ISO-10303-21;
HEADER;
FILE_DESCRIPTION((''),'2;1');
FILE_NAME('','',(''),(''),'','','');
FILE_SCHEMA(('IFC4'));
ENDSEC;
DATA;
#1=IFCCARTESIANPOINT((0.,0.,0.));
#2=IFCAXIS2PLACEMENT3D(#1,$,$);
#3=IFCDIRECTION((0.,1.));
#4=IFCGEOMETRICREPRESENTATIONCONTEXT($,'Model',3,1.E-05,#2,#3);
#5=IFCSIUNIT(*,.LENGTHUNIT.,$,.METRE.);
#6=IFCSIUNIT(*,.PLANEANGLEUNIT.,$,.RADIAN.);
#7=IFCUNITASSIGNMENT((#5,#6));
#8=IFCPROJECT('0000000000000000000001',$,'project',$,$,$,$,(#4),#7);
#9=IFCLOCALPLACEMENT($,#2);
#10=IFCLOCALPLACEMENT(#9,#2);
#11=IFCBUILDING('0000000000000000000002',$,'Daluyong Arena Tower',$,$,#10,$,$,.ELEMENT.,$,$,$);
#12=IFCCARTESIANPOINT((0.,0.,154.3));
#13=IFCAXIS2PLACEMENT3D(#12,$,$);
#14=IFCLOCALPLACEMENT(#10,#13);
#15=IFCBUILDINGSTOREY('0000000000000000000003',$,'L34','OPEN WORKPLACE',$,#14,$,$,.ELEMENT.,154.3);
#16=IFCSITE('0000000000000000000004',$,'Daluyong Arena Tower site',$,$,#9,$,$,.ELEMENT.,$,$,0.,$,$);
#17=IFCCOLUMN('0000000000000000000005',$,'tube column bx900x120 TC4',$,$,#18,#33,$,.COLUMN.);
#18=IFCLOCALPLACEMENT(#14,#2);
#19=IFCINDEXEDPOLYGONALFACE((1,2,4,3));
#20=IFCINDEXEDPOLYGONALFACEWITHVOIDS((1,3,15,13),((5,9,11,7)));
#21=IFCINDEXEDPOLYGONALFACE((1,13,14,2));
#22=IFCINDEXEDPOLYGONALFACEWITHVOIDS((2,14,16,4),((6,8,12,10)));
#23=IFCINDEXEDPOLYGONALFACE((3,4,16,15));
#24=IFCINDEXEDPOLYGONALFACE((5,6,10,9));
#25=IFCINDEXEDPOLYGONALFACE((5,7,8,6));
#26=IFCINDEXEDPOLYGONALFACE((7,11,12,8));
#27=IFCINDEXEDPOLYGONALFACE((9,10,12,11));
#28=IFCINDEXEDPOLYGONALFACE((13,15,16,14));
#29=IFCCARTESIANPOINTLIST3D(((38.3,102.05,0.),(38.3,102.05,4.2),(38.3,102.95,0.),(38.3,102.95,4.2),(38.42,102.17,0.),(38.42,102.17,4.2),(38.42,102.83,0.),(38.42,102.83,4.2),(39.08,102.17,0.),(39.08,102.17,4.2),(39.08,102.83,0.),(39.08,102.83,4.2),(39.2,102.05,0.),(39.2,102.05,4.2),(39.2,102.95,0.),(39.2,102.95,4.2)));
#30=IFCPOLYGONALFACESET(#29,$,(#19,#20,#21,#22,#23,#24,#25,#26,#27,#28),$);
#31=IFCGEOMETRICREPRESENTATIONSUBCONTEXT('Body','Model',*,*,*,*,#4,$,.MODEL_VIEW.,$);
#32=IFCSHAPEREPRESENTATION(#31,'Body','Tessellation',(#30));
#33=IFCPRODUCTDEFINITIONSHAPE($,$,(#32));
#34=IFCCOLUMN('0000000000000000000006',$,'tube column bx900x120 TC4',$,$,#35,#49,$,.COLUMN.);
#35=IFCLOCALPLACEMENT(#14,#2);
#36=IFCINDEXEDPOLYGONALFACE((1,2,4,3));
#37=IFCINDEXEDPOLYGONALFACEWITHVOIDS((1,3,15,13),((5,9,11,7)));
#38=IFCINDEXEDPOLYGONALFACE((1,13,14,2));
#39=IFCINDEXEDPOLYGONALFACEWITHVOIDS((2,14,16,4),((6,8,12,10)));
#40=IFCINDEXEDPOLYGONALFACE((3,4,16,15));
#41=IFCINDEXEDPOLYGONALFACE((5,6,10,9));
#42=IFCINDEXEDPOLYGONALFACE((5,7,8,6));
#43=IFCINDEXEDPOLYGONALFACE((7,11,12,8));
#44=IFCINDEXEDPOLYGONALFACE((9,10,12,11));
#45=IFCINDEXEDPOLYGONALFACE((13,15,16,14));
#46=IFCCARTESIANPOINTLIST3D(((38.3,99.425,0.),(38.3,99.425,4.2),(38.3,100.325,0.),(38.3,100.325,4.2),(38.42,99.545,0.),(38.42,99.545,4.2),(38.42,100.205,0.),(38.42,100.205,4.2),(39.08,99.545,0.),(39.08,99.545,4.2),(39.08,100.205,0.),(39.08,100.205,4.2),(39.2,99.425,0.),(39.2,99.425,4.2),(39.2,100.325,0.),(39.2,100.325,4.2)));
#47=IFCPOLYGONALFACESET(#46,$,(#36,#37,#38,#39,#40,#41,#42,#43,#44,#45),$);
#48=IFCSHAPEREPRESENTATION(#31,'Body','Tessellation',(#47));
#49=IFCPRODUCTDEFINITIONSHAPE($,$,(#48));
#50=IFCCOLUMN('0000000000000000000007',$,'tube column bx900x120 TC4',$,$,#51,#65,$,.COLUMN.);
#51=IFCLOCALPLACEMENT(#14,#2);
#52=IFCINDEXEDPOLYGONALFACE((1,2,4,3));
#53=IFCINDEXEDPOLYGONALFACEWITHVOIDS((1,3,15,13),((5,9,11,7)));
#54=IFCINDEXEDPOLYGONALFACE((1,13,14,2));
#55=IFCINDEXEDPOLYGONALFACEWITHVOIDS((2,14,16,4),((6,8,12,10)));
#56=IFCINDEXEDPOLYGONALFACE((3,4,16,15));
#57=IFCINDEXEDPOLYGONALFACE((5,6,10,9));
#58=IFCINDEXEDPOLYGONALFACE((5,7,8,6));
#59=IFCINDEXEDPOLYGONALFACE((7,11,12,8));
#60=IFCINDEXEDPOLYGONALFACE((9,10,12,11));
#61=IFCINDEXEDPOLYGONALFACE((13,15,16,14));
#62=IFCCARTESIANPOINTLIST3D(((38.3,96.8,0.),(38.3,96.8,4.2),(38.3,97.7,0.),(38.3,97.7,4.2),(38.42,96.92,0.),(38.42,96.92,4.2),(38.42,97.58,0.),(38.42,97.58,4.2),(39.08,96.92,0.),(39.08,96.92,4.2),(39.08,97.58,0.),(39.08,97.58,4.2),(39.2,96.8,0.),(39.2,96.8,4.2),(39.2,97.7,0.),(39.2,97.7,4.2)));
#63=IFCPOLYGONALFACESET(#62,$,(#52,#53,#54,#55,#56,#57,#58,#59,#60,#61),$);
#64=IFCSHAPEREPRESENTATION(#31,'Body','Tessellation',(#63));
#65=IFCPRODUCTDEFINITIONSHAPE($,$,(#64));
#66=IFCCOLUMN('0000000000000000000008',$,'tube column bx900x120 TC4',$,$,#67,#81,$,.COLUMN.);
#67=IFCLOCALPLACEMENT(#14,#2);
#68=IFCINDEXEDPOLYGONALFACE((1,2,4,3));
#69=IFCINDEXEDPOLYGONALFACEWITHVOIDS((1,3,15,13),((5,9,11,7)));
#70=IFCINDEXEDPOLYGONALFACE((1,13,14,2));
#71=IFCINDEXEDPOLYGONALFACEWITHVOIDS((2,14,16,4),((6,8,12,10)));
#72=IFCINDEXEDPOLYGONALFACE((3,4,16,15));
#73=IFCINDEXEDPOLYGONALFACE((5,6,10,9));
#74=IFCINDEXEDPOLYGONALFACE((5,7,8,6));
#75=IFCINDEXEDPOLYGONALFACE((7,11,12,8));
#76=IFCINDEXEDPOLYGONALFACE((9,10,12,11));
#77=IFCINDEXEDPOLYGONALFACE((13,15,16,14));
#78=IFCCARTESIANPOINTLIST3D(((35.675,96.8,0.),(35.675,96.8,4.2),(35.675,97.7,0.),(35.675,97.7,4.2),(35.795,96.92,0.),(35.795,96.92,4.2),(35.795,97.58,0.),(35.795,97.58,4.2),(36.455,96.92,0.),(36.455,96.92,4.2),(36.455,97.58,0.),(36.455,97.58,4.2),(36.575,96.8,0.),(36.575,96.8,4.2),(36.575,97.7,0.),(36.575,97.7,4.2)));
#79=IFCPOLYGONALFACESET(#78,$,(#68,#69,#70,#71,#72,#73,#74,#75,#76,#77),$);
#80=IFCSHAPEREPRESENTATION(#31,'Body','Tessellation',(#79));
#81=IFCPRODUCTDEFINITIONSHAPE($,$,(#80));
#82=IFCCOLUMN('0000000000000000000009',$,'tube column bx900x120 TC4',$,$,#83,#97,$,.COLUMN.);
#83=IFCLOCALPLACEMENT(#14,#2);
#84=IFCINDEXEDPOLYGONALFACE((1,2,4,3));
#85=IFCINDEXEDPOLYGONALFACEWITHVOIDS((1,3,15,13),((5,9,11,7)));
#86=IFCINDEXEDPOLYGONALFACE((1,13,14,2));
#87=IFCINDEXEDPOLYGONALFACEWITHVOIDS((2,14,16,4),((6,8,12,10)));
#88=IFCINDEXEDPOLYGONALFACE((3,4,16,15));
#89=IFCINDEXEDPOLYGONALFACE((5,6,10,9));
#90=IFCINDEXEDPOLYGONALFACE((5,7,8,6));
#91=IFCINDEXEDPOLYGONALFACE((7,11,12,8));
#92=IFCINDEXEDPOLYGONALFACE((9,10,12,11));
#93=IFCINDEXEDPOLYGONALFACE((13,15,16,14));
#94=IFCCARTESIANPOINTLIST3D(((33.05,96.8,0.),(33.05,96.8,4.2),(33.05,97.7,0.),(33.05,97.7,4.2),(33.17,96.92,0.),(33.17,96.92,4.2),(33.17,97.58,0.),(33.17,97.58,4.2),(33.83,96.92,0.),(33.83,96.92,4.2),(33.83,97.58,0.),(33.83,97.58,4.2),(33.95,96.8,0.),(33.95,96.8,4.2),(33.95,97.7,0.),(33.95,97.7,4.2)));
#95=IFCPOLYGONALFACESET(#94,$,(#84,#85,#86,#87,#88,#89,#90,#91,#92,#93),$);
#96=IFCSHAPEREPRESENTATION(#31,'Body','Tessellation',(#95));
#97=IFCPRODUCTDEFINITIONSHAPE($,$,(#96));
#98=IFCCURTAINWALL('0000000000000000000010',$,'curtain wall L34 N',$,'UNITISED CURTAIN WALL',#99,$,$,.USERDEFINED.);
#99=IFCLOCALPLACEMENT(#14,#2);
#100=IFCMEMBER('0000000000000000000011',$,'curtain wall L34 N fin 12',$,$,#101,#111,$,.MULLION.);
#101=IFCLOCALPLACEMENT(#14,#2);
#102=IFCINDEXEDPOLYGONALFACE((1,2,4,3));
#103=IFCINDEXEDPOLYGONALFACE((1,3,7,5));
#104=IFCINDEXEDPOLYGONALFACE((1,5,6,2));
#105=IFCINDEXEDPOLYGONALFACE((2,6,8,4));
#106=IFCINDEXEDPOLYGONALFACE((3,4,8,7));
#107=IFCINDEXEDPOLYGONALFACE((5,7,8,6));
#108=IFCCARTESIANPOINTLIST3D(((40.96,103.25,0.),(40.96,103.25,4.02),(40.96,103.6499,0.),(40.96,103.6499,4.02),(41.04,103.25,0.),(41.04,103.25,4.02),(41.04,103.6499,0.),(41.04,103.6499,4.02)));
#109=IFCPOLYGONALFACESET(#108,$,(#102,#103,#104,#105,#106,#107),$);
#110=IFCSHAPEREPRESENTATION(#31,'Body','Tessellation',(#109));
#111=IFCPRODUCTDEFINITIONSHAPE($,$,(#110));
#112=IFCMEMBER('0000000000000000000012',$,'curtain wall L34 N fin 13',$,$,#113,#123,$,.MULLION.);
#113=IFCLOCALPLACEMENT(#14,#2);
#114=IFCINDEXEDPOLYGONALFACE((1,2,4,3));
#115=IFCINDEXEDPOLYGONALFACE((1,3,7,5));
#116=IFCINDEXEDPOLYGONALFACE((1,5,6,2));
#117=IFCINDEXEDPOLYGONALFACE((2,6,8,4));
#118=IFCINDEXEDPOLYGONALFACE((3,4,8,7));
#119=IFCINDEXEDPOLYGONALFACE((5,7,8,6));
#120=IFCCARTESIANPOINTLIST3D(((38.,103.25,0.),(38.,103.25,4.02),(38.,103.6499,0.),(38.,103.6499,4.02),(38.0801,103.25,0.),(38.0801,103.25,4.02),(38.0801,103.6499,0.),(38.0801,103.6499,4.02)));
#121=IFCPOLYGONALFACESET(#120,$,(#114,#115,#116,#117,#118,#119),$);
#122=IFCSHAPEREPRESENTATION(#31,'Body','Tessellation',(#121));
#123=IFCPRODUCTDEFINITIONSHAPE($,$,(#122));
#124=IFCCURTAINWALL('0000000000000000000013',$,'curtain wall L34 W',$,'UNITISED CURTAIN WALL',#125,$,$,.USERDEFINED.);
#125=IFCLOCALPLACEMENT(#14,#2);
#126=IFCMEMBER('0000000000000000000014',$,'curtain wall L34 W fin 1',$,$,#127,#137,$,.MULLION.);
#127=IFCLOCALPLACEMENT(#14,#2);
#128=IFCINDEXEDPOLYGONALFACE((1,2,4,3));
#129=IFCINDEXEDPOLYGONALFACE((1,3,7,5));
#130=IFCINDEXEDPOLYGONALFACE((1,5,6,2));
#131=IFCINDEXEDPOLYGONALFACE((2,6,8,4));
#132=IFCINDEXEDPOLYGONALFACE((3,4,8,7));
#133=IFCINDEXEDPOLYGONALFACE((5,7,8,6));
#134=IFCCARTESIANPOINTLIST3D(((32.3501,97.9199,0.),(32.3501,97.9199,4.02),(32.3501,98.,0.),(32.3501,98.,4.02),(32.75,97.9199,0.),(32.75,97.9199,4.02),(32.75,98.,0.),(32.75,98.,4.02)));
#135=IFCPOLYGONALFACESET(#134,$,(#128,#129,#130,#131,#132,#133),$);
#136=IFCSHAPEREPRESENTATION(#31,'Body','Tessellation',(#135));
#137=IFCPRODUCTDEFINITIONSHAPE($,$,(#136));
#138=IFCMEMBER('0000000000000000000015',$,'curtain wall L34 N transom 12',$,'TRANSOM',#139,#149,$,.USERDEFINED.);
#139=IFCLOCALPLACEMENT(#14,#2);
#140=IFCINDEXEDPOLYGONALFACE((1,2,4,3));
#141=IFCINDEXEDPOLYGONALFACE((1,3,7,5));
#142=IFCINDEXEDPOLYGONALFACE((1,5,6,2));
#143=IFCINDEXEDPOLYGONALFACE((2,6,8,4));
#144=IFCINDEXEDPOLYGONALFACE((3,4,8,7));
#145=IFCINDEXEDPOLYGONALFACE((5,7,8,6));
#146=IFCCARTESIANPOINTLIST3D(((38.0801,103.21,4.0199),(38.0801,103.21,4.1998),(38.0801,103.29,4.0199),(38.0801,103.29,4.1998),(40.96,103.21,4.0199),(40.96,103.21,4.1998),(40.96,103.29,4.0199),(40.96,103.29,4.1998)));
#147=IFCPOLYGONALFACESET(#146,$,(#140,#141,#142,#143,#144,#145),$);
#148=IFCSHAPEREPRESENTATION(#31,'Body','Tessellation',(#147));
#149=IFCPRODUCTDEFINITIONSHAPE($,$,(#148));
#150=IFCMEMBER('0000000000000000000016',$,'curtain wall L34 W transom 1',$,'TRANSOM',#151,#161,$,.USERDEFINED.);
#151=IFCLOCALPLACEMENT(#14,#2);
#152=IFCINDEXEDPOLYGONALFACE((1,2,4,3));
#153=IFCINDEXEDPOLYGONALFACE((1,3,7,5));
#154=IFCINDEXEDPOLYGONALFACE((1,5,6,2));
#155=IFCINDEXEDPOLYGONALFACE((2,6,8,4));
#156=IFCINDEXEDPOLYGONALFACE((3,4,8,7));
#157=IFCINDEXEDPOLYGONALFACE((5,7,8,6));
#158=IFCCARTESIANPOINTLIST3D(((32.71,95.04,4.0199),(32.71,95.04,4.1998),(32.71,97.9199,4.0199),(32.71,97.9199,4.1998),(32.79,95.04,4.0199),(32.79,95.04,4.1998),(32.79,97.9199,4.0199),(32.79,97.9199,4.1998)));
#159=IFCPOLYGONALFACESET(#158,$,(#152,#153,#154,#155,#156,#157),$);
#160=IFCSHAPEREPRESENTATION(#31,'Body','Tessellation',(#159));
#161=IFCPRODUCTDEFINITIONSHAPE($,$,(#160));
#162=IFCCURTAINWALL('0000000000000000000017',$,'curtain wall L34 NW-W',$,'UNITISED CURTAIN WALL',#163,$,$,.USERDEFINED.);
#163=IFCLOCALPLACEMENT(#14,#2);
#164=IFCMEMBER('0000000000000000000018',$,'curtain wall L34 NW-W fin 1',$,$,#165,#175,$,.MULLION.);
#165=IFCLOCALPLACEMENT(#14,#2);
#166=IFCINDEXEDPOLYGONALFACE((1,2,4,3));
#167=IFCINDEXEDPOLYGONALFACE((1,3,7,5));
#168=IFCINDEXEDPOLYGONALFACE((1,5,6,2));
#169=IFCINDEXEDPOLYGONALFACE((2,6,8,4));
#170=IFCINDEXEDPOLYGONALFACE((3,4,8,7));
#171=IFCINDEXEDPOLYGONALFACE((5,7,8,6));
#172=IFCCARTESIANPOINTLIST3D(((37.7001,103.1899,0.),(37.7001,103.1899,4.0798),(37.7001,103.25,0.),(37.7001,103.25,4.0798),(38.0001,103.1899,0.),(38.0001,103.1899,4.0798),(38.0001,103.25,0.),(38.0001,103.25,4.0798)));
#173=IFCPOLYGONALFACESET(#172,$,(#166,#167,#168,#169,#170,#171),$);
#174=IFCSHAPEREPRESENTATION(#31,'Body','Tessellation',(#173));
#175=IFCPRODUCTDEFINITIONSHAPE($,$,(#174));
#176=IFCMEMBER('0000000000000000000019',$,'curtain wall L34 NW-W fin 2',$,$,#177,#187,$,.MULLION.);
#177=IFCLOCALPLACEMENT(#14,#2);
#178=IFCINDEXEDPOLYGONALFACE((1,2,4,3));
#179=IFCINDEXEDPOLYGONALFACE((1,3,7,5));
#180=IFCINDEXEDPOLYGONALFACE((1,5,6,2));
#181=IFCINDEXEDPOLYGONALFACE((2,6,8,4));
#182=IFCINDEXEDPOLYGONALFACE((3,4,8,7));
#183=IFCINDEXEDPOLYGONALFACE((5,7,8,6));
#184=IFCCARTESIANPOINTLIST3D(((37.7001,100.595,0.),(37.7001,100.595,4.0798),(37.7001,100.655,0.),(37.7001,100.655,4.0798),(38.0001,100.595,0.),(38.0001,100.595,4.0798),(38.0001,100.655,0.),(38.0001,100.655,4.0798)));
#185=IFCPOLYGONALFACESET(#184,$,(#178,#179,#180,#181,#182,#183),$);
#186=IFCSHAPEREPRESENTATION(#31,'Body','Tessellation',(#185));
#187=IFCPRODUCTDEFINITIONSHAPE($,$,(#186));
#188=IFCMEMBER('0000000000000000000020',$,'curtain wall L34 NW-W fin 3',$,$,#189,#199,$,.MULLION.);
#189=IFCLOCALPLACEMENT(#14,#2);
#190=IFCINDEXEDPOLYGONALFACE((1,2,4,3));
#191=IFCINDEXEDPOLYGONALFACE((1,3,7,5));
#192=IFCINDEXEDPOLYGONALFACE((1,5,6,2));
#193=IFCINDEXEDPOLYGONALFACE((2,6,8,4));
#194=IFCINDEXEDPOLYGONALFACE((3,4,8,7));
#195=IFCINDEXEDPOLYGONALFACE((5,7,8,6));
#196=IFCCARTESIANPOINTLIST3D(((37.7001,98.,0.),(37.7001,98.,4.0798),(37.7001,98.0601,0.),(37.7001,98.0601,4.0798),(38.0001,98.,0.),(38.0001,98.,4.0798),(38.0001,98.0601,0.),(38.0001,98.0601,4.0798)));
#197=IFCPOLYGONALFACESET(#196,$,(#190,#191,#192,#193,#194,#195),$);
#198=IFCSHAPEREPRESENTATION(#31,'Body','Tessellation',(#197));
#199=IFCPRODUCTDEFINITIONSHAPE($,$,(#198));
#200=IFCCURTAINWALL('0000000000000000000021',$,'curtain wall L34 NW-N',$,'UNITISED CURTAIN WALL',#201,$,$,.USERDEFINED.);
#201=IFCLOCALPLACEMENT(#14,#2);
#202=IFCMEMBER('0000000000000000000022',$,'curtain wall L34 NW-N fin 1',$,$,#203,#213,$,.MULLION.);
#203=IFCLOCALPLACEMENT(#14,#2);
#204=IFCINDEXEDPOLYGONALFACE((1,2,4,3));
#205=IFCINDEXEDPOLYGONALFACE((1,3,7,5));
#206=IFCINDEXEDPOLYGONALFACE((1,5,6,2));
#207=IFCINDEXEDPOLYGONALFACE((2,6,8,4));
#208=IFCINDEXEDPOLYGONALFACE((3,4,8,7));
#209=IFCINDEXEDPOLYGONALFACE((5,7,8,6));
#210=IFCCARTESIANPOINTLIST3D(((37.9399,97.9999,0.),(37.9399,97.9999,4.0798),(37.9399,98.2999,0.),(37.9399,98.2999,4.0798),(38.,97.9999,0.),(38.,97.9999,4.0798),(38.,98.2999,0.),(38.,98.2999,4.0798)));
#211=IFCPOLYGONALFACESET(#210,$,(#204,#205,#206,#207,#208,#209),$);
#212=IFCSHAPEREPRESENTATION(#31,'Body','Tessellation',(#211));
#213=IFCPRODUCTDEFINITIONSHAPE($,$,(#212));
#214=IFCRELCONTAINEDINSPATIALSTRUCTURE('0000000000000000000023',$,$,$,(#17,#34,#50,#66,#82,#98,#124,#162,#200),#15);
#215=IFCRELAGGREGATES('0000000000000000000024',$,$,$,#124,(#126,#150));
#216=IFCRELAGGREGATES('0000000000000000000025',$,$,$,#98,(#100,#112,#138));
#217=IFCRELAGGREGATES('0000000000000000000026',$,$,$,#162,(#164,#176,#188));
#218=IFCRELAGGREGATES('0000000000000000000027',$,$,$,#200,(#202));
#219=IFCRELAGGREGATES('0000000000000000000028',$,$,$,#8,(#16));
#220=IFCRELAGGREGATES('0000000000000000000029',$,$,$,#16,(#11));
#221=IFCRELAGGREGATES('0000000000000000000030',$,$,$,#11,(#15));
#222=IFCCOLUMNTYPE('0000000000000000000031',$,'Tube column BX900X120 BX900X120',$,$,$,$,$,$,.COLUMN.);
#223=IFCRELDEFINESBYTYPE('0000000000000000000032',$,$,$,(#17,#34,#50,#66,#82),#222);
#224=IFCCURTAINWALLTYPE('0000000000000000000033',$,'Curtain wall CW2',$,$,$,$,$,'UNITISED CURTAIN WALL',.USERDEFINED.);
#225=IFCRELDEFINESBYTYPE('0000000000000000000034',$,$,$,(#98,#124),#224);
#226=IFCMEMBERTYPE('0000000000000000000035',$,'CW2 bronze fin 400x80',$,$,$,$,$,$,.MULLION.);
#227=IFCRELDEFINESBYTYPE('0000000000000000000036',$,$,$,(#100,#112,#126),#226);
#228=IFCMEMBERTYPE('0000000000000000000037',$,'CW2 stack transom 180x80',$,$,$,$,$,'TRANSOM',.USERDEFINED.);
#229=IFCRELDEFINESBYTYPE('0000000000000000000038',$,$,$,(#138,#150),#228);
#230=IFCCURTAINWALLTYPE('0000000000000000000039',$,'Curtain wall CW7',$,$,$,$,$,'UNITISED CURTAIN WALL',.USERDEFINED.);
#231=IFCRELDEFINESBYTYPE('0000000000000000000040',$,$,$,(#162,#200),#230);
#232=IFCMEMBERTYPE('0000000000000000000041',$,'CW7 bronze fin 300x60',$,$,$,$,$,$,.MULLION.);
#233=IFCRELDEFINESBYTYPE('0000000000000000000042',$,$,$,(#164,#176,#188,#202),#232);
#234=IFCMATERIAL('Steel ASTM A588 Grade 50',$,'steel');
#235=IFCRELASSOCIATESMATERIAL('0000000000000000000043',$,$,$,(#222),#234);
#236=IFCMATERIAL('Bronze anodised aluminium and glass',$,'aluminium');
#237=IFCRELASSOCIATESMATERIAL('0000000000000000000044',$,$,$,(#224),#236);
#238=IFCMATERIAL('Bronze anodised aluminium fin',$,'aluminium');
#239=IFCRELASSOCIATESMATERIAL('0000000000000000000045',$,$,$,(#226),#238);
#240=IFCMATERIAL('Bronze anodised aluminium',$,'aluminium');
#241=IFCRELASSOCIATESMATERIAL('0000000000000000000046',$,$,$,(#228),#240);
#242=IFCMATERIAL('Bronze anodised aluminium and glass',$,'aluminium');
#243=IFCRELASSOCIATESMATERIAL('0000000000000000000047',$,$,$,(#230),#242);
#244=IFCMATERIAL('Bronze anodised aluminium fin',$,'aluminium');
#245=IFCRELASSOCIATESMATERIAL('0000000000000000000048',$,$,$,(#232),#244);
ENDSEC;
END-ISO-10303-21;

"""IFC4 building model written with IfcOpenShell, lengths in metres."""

from ifc_helpers import new_model, si_unit, direction, frame, origin, origin_2d, place, context, subcontext, project, spatial, rectangle, hollow_rectangle, extrude, material, material_profile, profile_set, type_object, element, aggregate, save


model = new_model("IFC4")

# Units and contexts
model_context = context("Model", 3, precision=1e-05, world=origin(), true_north=direction((0.0, 1.0)))
body_context = subcontext(model_context, "Body", "Model", "MODEL_VIEW")
ifc_project = project(units=[si_unit("LENGTHUNIT", "METRE"), si_unit("PLANEANGLEUNIT", "RADIAN")], contexts=[model_context])

# Site, building, storey
site_placement = place(None, origin())
site = spatial("IfcSite", under=ifc_project, at=site_placement, Name="Daluyong Arena Tower site", CompositionType="ELEMENT", RefElevation=0.0)
building_placement = place(site_placement, origin())
building = spatial("IfcBuilding", under=site, at=building_placement, Name="Daluyong Arena Tower", CompositionType="ELEMENT")
storey_placement = place(building_placement, frame((0.0, 0.0, 154.3)))
storey = spatial("IfcBuildingStorey", under=building, at=storey_placement, Name="L34", Description="OPEN WORKPLACE", CompositionType="ELEMENT", Elevation=154.3)

# Columns
ifc_material_1 = material(Name="Steel ASTM A588 Grade 50", Category="steel")
ifc_material_profile_1 = material_profile(ifc_material_1, hollow_rectangle(XDim=0.8999, YDim=0.8999, WallThickness=0.12, at=origin_2d()))
ifc_profile_set_1 = profile_set([ifc_material_profile_1], Name="Steel ASTM A588 Grade 50")
column_type = type_object("IfcColumnType", Name="Tube column BX900X120 BX900X120", PredefinedType="COLUMN", material=ifc_profile_set_1)
for number, where, z_axis, x_axis, name in (
    (1, (38.75, 102.5, 0.0), (0.0, 0.0, 1.0), (0.0, 1.0, 0.0), "tube column bx900x120 TC4"),
    (2, (38.75, 99.875, 0.0), (0.0, 0.0, 1.0), (0.0, 1.0, 0.0), "tube column bx900x120 TC4"),
    (3, (38.75, 97.25, 0.0), (0.0, 0.0, 1.0), (1.0, 0.0, 0.0), "tube column bx900x120 TC4"),
    (4, (36.125, 97.25, 0.0), (0.0, 0.0, 1.0), (1.0, 0.0, 0.0), "tube column bx900x120 TC4"),
    (5, (33.5, 97.25, 0.0), (0.0, 0.0, 1.0), (0.0, 1.0, 0.0), "tube column bx900x120 TC4"),
):
    element("IfcColumn", number, at=place(storey_placement, frame(where, z_axis=z_axis, x_axis=x_axis)), inside=storey, type_object=column_type, Name=name, PredefinedType="COLUMN", context=body_context, shape_type="SweptSolid", body=[
        extrude(hollow_rectangle(XDim=0.8999, YDim=0.8999, WallThickness=0.12, at=origin_2d()), origin(), (0.0, 0.0, 1.0), 4.2),
    ])

# Curtain wall, members
ifc_material_2 = material(Name="Bronze anodised aluminium and glass", Category="aluminium")
curtain_wall_type_1 = type_object("IfcCurtainWallType", Name="Curtain wall CW2", ElementType="UNITISED CURTAIN WALL", PredefinedType="USERDEFINED", material=ifc_material_2)
curtain_wall_1_placement = place(storey_placement, origin())
curtain_wall_1 = element("IfcCurtainWall", 6, at=curtain_wall_1_placement, inside=storey, type_object=curtain_wall_type_1, Name="curtain wall L34 N", ObjectType="UNITISED CURTAIN WALL", PredefinedType="USERDEFINED")
ifc_material_3 = material(Name="Bronze anodised aluminium fin", Category="aluminium")
ifc_material_profile_2 = material_profile(ifc_material_3, rectangle(XDim=0.3999, YDim=0.0801, at=origin_2d()))
ifc_profile_set_2 = profile_set([ifc_material_profile_2], Name="Bronze anodised aluminium fin")
member_type_1 = type_object("IfcMemberType", Name="CW2 bronze fin 400x80", PredefinedType="MULLION", material=ifc_profile_set_2)
member_1_placement = place(storey_placement, frame((41.0, 103.45, 0.0), z_axis=(0.0, 0.0, 1.0), x_axis=(0.0, -1.0, 0.0)))
member_1 = element("IfcMember", 7, at=member_1_placement, type_object=member_type_1, Name="curtain wall L34 N fin 12", PredefinedType="MULLION", context=body_context, shape_type="SweptSolid", body=[
    extrude(rectangle(XDim=0.3999, YDim=0.0801, at=origin_2d()), origin(), (0.0, 0.0, 1.0), 4.02),
])
member_2_placement = place(storey_placement, frame((38.04, 103.45, 0.0), z_axis=(0.0, 0.0, 1.0), x_axis=(0.0, -1.0, 0.0)))
member_2 = element("IfcMember", 8, at=member_2_placement, type_object=member_type_1, Name="curtain wall L34 N fin 13", PredefinedType="MULLION", context=body_context, shape_type="SweptSolid", body=[
    extrude(rectangle(XDim=0.3999, YDim=0.0801, at=origin_2d()), origin(), (0.0, 0.0, 1.0), 4.02),
])

# Curtain wall, member
curtain_wall_2_placement = place(storey_placement, origin())
curtain_wall_2 = element("IfcCurtainWall", 9, at=curtain_wall_2_placement, inside=storey, type_object=curtain_wall_type_1, Name="curtain wall L34 W", ObjectType="UNITISED CURTAIN WALL", PredefinedType="USERDEFINED")
member_3_placement = place(storey_placement, frame((32.55, 97.96, 0.0), z_axis=(0.0, 0.0, 1.0), x_axis=(1.0, 0.0, 0.0)))
member_3 = element("IfcMember", 10, at=member_3_placement, type_object=member_type_1, Name="curtain wall L34 W fin 1", PredefinedType="MULLION", context=body_context, shape_type="SweptSolid", body=[
    extrude(rectangle(XDim=0.3999, YDim=0.0801, at=origin_2d()), origin(), (0.0, 0.0, 1.0), 4.02),
])

# Members
ifc_material_4 = material(Name="Bronze anodised aluminium", Category="aluminium")
ifc_material_profile_3 = material_profile(ifc_material_4, rectangle(XDim=0.0801, YDim=0.1799, at=origin_2d()))
ifc_profile_set_3 = profile_set([ifc_material_profile_3], Name="Bronze anodised aluminium")
member_type_2 = type_object("IfcMemberType", Name="CW2 stack transom 180x80", ElementType="TRANSOM", PredefinedType="USERDEFINED", material=ifc_profile_set_3)
member_4_placement = place(storey_placement, frame((40.96, 103.25, 4.1099), z_axis=(-1.0, 0.0, 0.0), x_axis=(0.0, -1.0, 0.0)))
member_4 = element("IfcMember", 11, at=member_4_placement, type_object=member_type_2, Name="curtain wall L34 N transom 12", ObjectType="TRANSOM", PredefinedType="USERDEFINED", context=body_context, shape_type="SweptSolid", body=[
    extrude(rectangle(XDim=0.0801, YDim=0.1799, at=origin_2d()), origin(), (0.0, 0.0, 1.0), 2.8799),
])
member_5_placement = place(storey_placement, frame((32.75, 97.9199, 4.1099), z_axis=(0.0, -1.0, 0.0), x_axis=(1.0, 0.0, 0.0)))
member_5 = element("IfcMember", 12, at=member_5_placement, type_object=member_type_2, Name="curtain wall L34 W transom 1", ObjectType="TRANSOM", PredefinedType="USERDEFINED", context=body_context, shape_type="SweptSolid", body=[
    extrude(rectangle(XDim=0.0801, YDim=0.1799, at=origin_2d()), origin(), (0.0, 0.0, 1.0), 2.8799),
])
aggregate(curtain_wall_2, [member_3, member_5])

# Curtain walls, members
ifc_material_5 = material(Name="Bronze anodised aluminium and glass", Category="aluminium")
curtain_wall_type_2 = type_object("IfcCurtainWallType", Name="Curtain wall CW7", ElementType="UNITISED CURTAIN WALL", PredefinedType="USERDEFINED", material=ifc_material_5)
curtain_wall_3_placement = place(storey_placement, origin())
curtain_wall_3 = element("IfcCurtainWall", 13, at=curtain_wall_3_placement, inside=storey, type_object=curtain_wall_type_2, Name="curtain wall L34 NW-W", ObjectType="UNITISED CURTAIN WALL", PredefinedType="USERDEFINED")
ifc_material_6 = material(Name="Bronze anodised aluminium fin", Category="aluminium")
ifc_material_profile_4 = material_profile(ifc_material_6, rectangle(XDim=0.3, YDim=0.0601, at=origin_2d()))
ifc_profile_set_4 = profile_set([ifc_material_profile_4], Name="Bronze anodised aluminium fin")
member_type_3 = type_object("IfcMemberType", Name="CW7 bronze fin 300x60", PredefinedType="MULLION", material=ifc_profile_set_4)
member_6_placement = place(storey_placement, frame((37.8501, 103.22, 0.0), z_axis=(0.0, 0.0, 1.0), x_axis=(1.0, 0.0, 0.0)))
member_6 = element("IfcMember", 14, at=member_6_placement, type_object=member_type_3, Name="curtain wall L34 NW-W fin 1", PredefinedType="MULLION", context=body_context, shape_type="SweptSolid", body=[
    extrude(rectangle(XDim=0.3, YDim=0.0601, at=origin_2d()), origin(), (0.0, 0.0, 1.0), 4.0798),
])
member_7_placement = place(storey_placement, frame((37.8501, 100.625, 0.0), z_axis=(0.0, 0.0, 1.0), x_axis=(1.0, 0.0, 0.0)))
member_7 = element("IfcMember", 15, at=member_7_placement, type_object=member_type_3, Name="curtain wall L34 NW-W fin 2", PredefinedType="MULLION", context=body_context, shape_type="SweptSolid", body=[
    extrude(rectangle(XDim=0.3, YDim=0.0601, at=origin_2d()), origin(), (0.0, 0.0, 1.0), 4.0798),
])
member_8_placement = place(storey_placement, frame((37.8501, 98.03, 0.0), z_axis=(0.0, 0.0, 1.0), x_axis=(1.0, 0.0, 0.0)))
member_8 = element("IfcMember", 16, at=member_8_placement, type_object=member_type_3, Name="curtain wall L34 NW-W fin 3", PredefinedType="MULLION", context=body_context, shape_type="SweptSolid", body=[
    extrude(rectangle(XDim=0.3, YDim=0.0601, at=origin_2d()), origin(), (0.0, 0.0, 1.0), 4.0798),
])
curtain_wall_4_placement = place(storey_placement, origin())
curtain_wall_4 = element("IfcCurtainWall", 17, at=curtain_wall_4_placement, inside=storey, type_object=curtain_wall_type_2, Name="curtain wall L34 NW-N", ObjectType="UNITISED CURTAIN WALL", PredefinedType="USERDEFINED")
member_9_placement = place(storey_placement, frame((37.97, 98.1499, 0.0), z_axis=(0.0, 0.0, 1.0), x_axis=(0.0, -1.0, 0.0)))
member_9 = element("IfcMember", 18, at=member_9_placement, type_object=member_type_3, Name="curtain wall L34 NW-N fin 1", PredefinedType="MULLION", context=body_context, shape_type="SweptSolid", body=[
    extrude(rectangle(XDim=0.3, YDim=0.0601, at=origin_2d()), origin(), (0.0, 0.0, 1.0), 4.0798),
])

aggregate(curtain_wall_1, [member_1, member_2, member_4])
aggregate(curtain_wall_3, [member_6, member_7, member_8])
aggregate(curtain_wall_4, [member_9])

save(model, "model.ifc")
